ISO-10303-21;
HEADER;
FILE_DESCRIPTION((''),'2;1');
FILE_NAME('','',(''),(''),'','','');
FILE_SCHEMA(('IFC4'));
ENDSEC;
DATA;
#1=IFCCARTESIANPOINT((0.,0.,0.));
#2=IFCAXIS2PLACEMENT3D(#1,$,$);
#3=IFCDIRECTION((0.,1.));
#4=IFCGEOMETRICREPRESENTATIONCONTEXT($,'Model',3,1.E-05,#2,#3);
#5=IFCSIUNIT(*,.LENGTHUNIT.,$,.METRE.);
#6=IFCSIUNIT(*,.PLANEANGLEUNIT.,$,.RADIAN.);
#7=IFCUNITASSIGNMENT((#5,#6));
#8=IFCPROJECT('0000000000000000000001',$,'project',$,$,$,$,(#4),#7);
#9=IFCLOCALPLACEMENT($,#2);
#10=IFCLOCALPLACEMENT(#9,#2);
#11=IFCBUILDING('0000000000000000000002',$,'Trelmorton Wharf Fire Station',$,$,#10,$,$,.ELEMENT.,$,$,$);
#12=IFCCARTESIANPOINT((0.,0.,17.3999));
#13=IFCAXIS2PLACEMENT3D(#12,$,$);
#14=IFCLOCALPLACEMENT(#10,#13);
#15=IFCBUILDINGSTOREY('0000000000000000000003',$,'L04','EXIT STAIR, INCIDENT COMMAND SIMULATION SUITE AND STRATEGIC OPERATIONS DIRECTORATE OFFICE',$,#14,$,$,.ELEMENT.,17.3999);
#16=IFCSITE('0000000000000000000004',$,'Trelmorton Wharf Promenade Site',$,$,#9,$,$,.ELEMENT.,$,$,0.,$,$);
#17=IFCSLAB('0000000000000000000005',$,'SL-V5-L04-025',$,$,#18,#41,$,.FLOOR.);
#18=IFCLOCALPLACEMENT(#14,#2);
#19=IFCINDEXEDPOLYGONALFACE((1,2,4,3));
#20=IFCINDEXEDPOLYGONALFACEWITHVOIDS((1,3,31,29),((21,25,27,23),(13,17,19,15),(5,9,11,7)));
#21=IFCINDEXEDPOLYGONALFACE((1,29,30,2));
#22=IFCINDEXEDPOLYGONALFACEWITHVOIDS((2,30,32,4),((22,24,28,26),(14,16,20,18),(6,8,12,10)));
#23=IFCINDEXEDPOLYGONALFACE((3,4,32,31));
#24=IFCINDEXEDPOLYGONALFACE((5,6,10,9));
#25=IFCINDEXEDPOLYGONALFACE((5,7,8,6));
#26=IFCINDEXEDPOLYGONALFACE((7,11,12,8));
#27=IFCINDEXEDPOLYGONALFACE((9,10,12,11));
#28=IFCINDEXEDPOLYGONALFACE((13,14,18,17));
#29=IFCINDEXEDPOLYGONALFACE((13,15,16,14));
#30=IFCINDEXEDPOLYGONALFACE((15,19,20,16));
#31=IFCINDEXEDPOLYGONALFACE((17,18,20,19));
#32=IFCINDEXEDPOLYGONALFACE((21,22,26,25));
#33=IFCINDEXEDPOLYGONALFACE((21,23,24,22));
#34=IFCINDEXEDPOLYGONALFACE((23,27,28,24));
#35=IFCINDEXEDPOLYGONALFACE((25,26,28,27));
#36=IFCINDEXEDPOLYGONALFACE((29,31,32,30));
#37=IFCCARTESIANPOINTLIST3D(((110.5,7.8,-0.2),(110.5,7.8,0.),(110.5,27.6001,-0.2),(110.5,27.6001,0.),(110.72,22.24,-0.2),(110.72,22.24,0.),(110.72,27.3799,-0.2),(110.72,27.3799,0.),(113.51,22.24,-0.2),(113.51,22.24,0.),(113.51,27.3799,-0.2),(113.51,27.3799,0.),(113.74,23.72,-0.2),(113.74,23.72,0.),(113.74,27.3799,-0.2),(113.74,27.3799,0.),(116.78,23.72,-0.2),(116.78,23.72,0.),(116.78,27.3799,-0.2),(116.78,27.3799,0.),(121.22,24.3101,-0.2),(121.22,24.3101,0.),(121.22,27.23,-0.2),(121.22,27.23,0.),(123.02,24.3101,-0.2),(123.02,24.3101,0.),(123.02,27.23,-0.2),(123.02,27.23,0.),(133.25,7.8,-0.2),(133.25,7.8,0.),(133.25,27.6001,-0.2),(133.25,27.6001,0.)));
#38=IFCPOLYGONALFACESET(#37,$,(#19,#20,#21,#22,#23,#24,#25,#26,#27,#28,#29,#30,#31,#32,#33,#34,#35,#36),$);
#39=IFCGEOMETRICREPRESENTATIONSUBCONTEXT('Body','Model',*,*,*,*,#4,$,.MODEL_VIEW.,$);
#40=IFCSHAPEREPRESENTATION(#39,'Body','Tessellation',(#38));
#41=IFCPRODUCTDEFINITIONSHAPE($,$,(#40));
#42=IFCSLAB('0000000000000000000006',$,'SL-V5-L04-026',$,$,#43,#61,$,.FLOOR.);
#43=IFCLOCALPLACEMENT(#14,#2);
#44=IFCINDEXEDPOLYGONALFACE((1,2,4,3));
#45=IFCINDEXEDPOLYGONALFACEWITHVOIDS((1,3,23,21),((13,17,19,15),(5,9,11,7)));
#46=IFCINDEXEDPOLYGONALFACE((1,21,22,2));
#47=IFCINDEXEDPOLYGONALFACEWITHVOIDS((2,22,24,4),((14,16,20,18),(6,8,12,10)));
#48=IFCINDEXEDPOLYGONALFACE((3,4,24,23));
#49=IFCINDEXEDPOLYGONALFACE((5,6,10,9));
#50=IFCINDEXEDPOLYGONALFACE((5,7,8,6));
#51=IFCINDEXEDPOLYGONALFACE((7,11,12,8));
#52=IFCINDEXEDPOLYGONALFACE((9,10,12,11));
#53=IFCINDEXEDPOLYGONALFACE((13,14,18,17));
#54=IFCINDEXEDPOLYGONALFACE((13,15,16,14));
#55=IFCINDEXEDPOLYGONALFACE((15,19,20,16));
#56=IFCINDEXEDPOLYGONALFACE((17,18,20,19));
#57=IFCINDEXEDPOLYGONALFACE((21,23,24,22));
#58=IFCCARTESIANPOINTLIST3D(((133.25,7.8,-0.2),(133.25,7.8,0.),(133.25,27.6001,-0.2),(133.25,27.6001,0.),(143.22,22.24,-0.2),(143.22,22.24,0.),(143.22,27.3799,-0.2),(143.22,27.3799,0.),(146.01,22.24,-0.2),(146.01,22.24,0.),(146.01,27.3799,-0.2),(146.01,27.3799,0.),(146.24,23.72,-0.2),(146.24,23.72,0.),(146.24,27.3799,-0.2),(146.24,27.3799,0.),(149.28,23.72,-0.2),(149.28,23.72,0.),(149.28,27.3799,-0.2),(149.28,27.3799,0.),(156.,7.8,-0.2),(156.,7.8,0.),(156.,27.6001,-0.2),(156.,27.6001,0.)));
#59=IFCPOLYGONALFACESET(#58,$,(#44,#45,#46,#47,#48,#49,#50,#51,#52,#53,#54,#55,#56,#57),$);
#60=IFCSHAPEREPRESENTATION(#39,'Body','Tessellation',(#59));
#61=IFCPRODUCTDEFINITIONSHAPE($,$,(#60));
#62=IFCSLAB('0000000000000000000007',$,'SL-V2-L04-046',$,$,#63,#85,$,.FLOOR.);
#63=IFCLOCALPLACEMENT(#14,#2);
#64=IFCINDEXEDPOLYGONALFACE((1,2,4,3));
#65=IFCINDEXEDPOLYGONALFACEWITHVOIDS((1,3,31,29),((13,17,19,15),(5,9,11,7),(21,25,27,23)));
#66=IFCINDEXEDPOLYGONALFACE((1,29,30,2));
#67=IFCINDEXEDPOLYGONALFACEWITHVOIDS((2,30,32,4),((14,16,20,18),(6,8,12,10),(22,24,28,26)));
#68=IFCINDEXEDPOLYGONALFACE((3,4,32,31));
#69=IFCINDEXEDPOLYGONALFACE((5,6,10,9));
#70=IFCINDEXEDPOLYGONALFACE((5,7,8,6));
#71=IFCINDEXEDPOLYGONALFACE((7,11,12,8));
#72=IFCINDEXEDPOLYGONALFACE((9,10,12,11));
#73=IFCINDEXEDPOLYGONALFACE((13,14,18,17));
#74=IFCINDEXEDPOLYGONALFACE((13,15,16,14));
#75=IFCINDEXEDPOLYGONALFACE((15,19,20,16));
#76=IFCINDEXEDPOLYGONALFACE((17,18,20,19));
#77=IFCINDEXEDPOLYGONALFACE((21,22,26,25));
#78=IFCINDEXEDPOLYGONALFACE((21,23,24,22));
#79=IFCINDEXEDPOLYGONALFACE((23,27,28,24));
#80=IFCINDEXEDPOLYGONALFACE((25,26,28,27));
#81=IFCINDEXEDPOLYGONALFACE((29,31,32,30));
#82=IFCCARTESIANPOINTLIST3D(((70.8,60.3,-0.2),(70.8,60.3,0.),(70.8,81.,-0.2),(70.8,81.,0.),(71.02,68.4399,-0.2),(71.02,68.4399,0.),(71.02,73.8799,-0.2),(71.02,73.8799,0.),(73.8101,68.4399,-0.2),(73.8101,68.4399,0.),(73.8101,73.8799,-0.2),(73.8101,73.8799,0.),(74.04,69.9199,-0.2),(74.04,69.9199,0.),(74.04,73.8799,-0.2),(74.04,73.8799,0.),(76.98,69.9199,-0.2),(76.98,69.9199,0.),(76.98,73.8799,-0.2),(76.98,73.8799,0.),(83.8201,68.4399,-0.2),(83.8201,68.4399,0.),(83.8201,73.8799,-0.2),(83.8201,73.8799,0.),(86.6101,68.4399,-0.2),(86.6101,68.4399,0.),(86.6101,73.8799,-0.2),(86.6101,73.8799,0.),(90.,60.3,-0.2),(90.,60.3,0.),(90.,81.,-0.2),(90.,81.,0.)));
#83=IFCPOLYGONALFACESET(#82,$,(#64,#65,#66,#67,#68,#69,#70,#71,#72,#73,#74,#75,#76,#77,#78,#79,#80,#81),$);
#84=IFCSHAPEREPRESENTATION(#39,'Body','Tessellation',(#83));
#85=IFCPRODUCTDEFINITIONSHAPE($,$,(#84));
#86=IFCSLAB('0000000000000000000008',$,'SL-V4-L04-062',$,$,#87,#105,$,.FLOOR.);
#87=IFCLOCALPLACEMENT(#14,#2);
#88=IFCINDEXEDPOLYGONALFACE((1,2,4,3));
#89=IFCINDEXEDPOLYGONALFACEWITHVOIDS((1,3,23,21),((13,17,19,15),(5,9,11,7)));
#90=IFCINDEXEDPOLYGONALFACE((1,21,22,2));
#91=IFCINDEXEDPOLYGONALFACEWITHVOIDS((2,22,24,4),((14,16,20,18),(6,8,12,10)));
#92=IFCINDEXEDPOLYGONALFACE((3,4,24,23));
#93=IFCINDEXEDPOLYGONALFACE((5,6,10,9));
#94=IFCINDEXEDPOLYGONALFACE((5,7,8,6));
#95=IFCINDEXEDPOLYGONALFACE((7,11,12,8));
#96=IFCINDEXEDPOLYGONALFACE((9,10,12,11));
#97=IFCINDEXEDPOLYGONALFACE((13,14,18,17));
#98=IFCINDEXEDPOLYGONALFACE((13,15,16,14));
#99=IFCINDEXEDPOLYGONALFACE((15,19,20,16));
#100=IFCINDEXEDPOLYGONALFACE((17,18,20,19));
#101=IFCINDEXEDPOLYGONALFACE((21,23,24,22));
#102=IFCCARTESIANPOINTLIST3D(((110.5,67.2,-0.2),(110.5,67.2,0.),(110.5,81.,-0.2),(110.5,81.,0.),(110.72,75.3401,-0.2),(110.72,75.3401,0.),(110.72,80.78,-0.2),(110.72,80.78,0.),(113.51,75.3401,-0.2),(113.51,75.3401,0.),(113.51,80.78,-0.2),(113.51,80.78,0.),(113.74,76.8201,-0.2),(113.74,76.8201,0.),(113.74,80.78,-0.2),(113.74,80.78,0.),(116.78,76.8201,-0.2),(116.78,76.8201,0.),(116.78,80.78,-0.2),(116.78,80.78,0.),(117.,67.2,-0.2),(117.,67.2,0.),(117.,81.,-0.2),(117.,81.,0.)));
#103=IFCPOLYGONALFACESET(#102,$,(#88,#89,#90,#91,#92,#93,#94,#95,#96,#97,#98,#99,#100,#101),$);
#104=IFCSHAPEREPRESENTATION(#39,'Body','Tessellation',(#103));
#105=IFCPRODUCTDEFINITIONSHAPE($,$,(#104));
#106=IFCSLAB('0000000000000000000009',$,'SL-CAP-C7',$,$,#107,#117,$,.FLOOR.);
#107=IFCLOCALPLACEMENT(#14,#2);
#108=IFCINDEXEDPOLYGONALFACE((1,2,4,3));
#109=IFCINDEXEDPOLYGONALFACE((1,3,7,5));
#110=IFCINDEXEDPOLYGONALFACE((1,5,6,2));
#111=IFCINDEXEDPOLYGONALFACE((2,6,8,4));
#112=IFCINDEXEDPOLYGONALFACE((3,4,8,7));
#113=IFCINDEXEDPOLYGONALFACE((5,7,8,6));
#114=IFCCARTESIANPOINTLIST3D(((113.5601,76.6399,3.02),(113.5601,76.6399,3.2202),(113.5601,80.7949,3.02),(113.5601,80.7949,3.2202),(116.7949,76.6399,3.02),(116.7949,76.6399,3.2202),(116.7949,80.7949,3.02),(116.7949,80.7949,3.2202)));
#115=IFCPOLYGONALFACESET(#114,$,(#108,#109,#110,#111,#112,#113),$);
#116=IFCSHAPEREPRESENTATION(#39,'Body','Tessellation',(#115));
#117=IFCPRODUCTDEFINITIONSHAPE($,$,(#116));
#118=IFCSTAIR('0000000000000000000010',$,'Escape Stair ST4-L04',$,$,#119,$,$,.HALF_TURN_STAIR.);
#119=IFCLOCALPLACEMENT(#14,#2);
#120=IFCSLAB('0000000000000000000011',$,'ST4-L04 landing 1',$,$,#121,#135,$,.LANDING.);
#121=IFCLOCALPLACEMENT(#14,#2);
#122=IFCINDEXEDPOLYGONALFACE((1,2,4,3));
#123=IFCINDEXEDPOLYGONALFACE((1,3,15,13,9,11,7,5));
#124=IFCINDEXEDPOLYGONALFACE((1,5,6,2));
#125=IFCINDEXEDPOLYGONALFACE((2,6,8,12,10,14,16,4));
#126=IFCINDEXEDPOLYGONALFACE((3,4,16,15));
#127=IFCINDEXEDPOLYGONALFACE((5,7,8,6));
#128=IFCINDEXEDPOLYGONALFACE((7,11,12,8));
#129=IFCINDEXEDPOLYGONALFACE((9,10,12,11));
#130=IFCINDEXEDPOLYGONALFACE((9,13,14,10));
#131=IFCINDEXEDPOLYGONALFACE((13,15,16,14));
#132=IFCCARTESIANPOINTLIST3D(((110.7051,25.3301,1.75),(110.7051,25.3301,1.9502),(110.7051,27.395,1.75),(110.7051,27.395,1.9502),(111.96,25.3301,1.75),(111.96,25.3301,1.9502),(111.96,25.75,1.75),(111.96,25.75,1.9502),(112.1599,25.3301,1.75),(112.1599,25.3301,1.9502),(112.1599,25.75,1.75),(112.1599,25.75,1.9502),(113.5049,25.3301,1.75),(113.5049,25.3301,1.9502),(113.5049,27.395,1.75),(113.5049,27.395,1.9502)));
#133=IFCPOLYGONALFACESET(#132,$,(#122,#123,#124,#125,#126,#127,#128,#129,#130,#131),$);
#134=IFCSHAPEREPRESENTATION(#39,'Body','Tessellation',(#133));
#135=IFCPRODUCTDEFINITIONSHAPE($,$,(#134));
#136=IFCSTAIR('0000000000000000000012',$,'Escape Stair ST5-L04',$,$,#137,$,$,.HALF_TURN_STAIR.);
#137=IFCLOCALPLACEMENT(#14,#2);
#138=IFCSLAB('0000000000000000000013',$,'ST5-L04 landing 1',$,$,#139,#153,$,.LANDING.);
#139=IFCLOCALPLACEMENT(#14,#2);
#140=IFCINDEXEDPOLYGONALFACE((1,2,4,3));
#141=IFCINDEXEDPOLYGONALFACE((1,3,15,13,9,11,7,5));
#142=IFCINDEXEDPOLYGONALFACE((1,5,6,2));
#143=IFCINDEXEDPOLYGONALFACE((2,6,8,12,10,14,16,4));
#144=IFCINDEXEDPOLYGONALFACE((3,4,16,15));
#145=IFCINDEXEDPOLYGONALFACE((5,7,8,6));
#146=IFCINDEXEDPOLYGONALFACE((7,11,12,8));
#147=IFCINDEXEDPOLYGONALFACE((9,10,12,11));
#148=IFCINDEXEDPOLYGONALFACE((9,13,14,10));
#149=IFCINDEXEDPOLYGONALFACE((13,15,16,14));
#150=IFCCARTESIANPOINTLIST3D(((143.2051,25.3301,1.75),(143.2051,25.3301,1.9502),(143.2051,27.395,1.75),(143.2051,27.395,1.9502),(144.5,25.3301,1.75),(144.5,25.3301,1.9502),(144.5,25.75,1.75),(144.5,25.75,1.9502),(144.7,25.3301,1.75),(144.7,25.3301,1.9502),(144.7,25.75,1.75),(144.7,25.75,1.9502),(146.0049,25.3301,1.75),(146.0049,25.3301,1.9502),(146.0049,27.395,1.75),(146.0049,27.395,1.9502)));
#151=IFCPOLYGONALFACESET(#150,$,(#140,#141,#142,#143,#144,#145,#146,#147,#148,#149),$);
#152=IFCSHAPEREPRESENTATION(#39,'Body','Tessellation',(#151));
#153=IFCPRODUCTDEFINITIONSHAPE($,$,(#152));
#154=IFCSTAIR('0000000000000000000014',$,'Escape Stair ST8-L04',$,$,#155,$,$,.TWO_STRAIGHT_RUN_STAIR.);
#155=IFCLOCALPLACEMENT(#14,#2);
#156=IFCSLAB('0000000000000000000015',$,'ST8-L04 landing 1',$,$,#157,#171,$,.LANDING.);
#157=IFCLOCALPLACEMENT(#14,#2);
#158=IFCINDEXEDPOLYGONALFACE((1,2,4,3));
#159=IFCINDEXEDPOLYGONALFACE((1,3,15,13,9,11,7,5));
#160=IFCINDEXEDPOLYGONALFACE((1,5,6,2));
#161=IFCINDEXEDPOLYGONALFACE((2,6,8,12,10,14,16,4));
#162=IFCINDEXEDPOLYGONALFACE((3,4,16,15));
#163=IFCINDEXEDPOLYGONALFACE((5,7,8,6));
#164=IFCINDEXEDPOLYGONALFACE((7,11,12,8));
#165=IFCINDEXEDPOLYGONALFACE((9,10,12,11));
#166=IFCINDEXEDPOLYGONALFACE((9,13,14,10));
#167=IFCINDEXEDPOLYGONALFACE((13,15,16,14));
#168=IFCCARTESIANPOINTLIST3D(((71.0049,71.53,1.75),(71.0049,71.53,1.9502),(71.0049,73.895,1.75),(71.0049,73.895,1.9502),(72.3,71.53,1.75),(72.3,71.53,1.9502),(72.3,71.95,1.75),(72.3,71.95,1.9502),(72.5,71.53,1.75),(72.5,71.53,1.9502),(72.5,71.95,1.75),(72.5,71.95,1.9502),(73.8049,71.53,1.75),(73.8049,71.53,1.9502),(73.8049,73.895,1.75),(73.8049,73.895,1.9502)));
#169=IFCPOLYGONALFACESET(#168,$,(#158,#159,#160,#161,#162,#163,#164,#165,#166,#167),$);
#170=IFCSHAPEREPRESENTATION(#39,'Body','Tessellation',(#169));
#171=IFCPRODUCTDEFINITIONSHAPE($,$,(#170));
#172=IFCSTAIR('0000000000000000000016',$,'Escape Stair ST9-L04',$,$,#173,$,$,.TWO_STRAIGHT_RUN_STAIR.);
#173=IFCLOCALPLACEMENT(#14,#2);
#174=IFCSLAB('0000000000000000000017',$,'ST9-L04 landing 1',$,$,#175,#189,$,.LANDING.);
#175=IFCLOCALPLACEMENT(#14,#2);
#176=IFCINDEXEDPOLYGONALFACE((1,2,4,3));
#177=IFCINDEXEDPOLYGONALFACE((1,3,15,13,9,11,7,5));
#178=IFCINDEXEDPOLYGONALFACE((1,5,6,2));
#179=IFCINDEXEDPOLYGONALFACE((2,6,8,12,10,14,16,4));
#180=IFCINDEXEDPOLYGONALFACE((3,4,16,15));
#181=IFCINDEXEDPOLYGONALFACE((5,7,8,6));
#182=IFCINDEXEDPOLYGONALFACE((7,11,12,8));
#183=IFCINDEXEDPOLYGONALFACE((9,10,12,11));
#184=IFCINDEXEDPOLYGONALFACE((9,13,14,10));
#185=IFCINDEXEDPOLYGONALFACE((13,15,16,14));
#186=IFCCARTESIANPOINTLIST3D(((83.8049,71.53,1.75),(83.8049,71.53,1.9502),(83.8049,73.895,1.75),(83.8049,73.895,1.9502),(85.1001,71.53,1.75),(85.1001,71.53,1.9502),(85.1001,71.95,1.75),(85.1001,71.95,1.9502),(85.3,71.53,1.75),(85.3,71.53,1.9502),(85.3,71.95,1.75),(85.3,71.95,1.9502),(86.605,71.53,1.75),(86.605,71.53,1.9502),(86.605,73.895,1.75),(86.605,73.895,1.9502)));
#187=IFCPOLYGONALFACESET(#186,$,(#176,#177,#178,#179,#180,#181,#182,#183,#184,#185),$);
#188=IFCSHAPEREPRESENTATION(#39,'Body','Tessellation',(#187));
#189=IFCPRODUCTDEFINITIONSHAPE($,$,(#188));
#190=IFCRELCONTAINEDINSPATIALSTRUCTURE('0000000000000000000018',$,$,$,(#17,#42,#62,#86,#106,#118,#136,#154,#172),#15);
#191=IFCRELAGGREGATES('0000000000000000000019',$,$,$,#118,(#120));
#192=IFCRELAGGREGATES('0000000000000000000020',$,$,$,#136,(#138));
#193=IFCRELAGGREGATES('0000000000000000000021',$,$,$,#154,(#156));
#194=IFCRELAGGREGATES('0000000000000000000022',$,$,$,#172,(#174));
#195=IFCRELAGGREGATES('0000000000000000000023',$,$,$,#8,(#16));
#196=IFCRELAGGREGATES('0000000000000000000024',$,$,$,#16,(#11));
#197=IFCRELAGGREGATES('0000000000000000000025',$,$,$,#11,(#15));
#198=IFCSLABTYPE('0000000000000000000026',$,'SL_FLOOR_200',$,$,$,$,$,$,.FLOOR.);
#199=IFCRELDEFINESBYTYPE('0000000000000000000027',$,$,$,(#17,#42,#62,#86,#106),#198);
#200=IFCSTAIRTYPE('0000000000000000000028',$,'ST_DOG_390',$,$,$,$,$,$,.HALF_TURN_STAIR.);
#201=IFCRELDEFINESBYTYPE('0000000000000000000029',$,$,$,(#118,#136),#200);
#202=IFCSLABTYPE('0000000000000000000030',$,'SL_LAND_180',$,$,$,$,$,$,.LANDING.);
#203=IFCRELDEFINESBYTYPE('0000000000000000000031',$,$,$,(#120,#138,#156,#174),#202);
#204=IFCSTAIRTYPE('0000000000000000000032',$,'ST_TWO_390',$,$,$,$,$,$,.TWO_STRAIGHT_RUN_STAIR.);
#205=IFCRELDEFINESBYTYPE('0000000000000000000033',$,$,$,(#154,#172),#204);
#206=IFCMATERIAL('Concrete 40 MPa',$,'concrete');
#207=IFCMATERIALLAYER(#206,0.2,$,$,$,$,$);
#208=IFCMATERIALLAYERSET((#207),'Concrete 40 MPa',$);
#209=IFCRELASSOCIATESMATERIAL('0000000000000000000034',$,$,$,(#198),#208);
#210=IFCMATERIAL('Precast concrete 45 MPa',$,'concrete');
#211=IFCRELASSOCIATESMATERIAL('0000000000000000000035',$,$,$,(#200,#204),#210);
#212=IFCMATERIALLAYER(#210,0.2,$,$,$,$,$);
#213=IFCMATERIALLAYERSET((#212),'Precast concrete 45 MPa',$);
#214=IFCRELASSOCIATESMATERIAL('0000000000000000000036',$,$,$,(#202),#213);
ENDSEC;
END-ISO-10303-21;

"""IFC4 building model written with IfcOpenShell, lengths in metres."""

from ifc_helpers import new_model, si_unit, direction, frame, origin, place, context, subcontext, project, spatial, polyline, outline, extrude, material, layer, layer_set, type_object, element, aggregate, save


model = new_model("IFC4")

# Units and contexts
model_context = context("Model", 3, precision=1e-05, world=origin(), true_north=direction((0.0, 1.0)))
body_context = subcontext(model_context, "Body", "Model", "MODEL_VIEW")
ifc_project = project(units=[si_unit("LENGTHUNIT", "METRE"), si_unit("PLANEANGLEUNIT", "RADIAN")], contexts=[model_context])

# Site, building, storey
site_placement = place(None, origin())
site = spatial("IfcSite", under=ifc_project, at=site_placement, Name="Trelmorton Wharf Promenade Site", CompositionType="ELEMENT", RefElevation=0.0)
building_placement = place(site_placement, origin())
building = spatial("IfcBuilding", under=site, at=building_placement, Name="Trelmorton Wharf Fire Station", CompositionType="ELEMENT")
storey_placement = place(building_placement, frame((0.0, 0.0, 17.3999)))
storey = spatial("IfcBuildingStorey", under=building, at=storey_placement, Name="L04", Description="EXIT STAIR, INCIDENT COMMAND SIMULATION SUITE AND STRATEGIC OPERATIONS DIRECTORATE OFFICE", CompositionType="ELEMENT", Elevation=17.3999)

# Slabs
ifc_material_1 = material(Name="Concrete 40 MPa", Category="concrete")
ifc_layer_1 = layer(ifc_material_1, 0.2)
ifc_layer_set_1 = layer_set([ifc_layer_1], Name="Concrete 40 MPa")
slab_type_1 = type_object("IfcSlabType", Name="SL_FLOOR_200", PredefinedType="FLOOR", material=ifc_layer_set_1)
slab_1_placement = place(storey_placement, frame((0.0, 0.0, -0.2)))
element("IfcSlab", 1, at=slab_1_placement, inside=storey, type_object=slab_type_1, Name="SL-V5-L04-025", PredefinedType="FLOOR", context=body_context, shape_type="SweptSolid", body=[
    extrude(outline(polyline([(110.5, 27.6001), (133.25, 27.6001), (133.25, 7.8), (110.5, 7.8), (110.5, 27.6001)]), holes=[polyline([(110.72, 27.3799), (110.72, 22.24), (113.51, 22.24), (113.51, 27.3799), (110.72, 27.3799)]), polyline([(116.78, 27.3799), (113.74, 27.3799), (113.74, 23.72), (116.78, 23.72), (116.78, 27.3799)]), polyline([(123.02, 24.3101), (123.02, 27.23), (121.22, 27.23), (121.22, 24.3101), (123.02, 24.3101)])]), origin(), (0.0, 0.0, 1.0), 0.2),
])
slab_2_placement = place(storey_placement, frame((0.0, 0.0, -0.2)))
element("IfcSlab", 2, at=slab_2_placement, inside=storey, type_object=slab_type_1, Name="SL-V5-L04-026", PredefinedType="FLOOR", context=body_context, shape_type="SweptSolid", body=[
    extrude(outline(polyline([(156.0, 27.6001), (156.0, 7.8), (133.25, 7.8), (133.25, 27.6001), (156.0, 27.6001)]), holes=[polyline([(143.22, 22.24), (146.01, 22.24), (146.01, 27.3799), (143.22, 27.3799), (143.22, 22.24)]), polyline([(146.24, 27.3799), (146.24, 23.72), (149.28, 23.72), (149.28, 27.3799), (146.24, 27.3799)])]), origin(), (0.0, 0.0, 1.0), 0.2),
])
slab_3_placement = place(storey_placement, frame((0.0, 0.0, -0.2)))
element("IfcSlab", 3, at=slab_3_placement, inside=storey, type_object=slab_type_1, Name="SL-V2-L04-046", PredefinedType="FLOOR", context=body_context, shape_type="SweptSolid", body=[
    extrude(outline(polyline([(90.0, 81.0), (90.0, 60.3), (70.8, 60.3), (70.8, 81.0), (90.0, 81.0)]), holes=[polyline([(71.02, 68.4399), (73.8101, 68.4399), (73.8101, 73.8799), (71.02, 73.8799), (71.02, 68.4399)]), polyline([(74.04, 73.8799), (74.04, 69.9199), (76.98, 69.9199), (76.98, 73.8799), (74.04, 73.8799)]), polyline([(86.6101, 73.8799), (83.8201, 73.8799), (83.8201, 68.4399), (86.6101, 68.4399), (86.6101, 73.8799)])]), origin(), (0.0, 0.0, 1.0), 0.2),
])
slab_4_placement = place(storey_placement, frame((0.0, 0.0, -0.2)))
element("IfcSlab", 4, at=slab_4_placement, inside=storey, type_object=slab_type_1, Name="SL-V4-L04-062", PredefinedType="FLOOR", context=body_context, shape_type="SweptSolid", body=[
    extrude(outline(polyline([(110.5, 81.0), (117.0, 81.0), (117.0, 67.2), (110.5, 67.2), (110.5, 81.0)]), holes=[polyline([(110.72, 80.78), (110.72, 75.3401), (113.51, 75.3401), (113.51, 80.78), (110.72, 80.78)]), polyline([(116.78, 80.78), (113.74, 80.78), (113.74, 76.8201), (116.78, 76.8201), (116.78, 80.78)])]), origin(), (0.0, 0.0, 1.0), 0.2),
])
slab_5_placement = place(storey_placement, frame((0.0, 0.0, 3.02)))
element("IfcSlab", 5, at=slab_5_placement, inside=storey, type_object=slab_type_1, Name="SL-CAP-C7", PredefinedType="FLOOR", context=body_context, shape_type="SweptSolid", body=[
    extrude(outline(polyline([(113.5601, 76.6399), (116.7949, 76.6399), (116.7949, 80.7949), (113.5601, 80.7949), (113.5601, 76.6399)])), origin(), (0.0, 0.0, 1.0), 0.2002),
])

# Stairs, slabs
ifc_material_2 = material(Name="Precast concrete 45 MPa", Category="concrete")
stair_type_1 = type_object("IfcStairType", Name="ST_DOG_390", PredefinedType="HALF_TURN_STAIR", material=ifc_material_2)
stair_1_placement = place(storey_placement, origin())
stair_1 = element("IfcStair", 6, at=stair_1_placement, inside=storey, type_object=stair_type_1, Name="Escape Stair ST4-L04", PredefinedType="HALF_TURN_STAIR")
ifc_layer_2 = layer(ifc_material_2, 0.2)
ifc_layer_set_2 = layer_set([ifc_layer_2], Name="Precast concrete 45 MPa")
slab_type_2 = type_object("IfcSlabType", Name="SL_LAND_180", PredefinedType="LANDING", material=ifc_layer_set_2)
slab_6_placement = place(storey_placement, frame((0.0, 0.0, 1.75)))
slab_6 = element("IfcSlab", 7, at=slab_6_placement, type_object=slab_type_2, Name="ST4-L04 landing 1", PredefinedType="LANDING", context=body_context, shape_type="SweptSolid", body=[
    extrude(outline(polyline([(110.7051, 25.3301), (111.96, 25.3301), (111.96, 25.75), (112.1599, 25.75), (112.1599, 25.3301), (113.5049, 25.3301), (113.5049, 27.395), (110.7051, 27.395), (110.7051, 25.3301)])), origin(), (0.0, 0.0, 1.0), 0.2002),
])
aggregate(stair_1, [slab_6])
stair_2_placement = place(storey_placement, origin())
stair_2 = element("IfcStair", 8, at=stair_2_placement, inside=storey, type_object=stair_type_1, Name="Escape Stair ST5-L04", PredefinedType="HALF_TURN_STAIR")
slab_7_placement = place(storey_placement, frame((0.0, 0.0, 1.75)))
slab_7 = element("IfcSlab", 9, at=slab_7_placement, type_object=slab_type_2, Name="ST5-L04 landing 1", PredefinedType="LANDING", context=body_context, shape_type="SweptSolid", body=[
    extrude(outline(polyline([(143.2051, 25.3301), (144.5, 25.3301), (144.5, 25.75), (144.7, 25.75), (144.7, 25.3301), (146.0049, 25.3301), (146.0049, 27.395), (143.2051, 27.395), (143.2051, 25.3301)])), origin(), (0.0, 0.0, 1.0), 0.2002),
])
aggregate(stair_2, [slab_7])
stair_type_2 = type_object("IfcStairType", Name="ST_TWO_390", PredefinedType="TWO_STRAIGHT_RUN_STAIR", material=ifc_material_2)
stair_3_placement = place(storey_placement, origin())
stair_3 = element("IfcStair", 10, at=stair_3_placement, inside=storey, type_object=stair_type_2, Name="Escape Stair ST8-L04", PredefinedType="TWO_STRAIGHT_RUN_STAIR")
slab_8_placement = place(storey_placement, frame((0.0, 0.0, 1.75)))
slab_8 = element("IfcSlab", 11, at=slab_8_placement, type_object=slab_type_2, Name="ST8-L04 landing 1", PredefinedType="LANDING", context=body_context, shape_type="SweptSolid", body=[
    extrude(outline(polyline([(71.0049, 71.53), (72.3, 71.53), (72.3, 71.95), (72.5, 71.95), (72.5, 71.53), (73.8049, 71.53), (73.8049, 73.895), (71.0049, 73.895), (71.0049, 71.53)])), origin(), (0.0, 0.0, 1.0), 0.2002),
])
aggregate(stair_3, [slab_8])
stair_4_placement = place(storey_placement, origin())
stair_4 = element("IfcStair", 12, at=stair_4_placement, inside=storey, type_object=stair_type_2, Name="Escape Stair ST9-L04", PredefinedType="TWO_STRAIGHT_RUN_STAIR")
slab_9_placement = place(storey_placement, frame((0.0, 0.0, 1.75)))
slab_9 = element("IfcSlab", 13, at=slab_9_placement, type_object=slab_type_2, Name="ST9-L04 landing 1", PredefinedType="LANDING", context=body_context, shape_type="SweptSolid", body=[
    extrude(outline(polyline([(83.8049, 71.53), (85.1001, 71.53), (85.1001, 71.95), (85.3, 71.95), (85.3, 71.53), (86.605, 71.53), (86.605, 73.895), (83.8049, 73.895), (83.8049, 71.53)])), origin(), (0.0, 0.0, 1.0), 0.2002),
])
aggregate(stair_4, [slab_9])

save(model, "model.ifc")
